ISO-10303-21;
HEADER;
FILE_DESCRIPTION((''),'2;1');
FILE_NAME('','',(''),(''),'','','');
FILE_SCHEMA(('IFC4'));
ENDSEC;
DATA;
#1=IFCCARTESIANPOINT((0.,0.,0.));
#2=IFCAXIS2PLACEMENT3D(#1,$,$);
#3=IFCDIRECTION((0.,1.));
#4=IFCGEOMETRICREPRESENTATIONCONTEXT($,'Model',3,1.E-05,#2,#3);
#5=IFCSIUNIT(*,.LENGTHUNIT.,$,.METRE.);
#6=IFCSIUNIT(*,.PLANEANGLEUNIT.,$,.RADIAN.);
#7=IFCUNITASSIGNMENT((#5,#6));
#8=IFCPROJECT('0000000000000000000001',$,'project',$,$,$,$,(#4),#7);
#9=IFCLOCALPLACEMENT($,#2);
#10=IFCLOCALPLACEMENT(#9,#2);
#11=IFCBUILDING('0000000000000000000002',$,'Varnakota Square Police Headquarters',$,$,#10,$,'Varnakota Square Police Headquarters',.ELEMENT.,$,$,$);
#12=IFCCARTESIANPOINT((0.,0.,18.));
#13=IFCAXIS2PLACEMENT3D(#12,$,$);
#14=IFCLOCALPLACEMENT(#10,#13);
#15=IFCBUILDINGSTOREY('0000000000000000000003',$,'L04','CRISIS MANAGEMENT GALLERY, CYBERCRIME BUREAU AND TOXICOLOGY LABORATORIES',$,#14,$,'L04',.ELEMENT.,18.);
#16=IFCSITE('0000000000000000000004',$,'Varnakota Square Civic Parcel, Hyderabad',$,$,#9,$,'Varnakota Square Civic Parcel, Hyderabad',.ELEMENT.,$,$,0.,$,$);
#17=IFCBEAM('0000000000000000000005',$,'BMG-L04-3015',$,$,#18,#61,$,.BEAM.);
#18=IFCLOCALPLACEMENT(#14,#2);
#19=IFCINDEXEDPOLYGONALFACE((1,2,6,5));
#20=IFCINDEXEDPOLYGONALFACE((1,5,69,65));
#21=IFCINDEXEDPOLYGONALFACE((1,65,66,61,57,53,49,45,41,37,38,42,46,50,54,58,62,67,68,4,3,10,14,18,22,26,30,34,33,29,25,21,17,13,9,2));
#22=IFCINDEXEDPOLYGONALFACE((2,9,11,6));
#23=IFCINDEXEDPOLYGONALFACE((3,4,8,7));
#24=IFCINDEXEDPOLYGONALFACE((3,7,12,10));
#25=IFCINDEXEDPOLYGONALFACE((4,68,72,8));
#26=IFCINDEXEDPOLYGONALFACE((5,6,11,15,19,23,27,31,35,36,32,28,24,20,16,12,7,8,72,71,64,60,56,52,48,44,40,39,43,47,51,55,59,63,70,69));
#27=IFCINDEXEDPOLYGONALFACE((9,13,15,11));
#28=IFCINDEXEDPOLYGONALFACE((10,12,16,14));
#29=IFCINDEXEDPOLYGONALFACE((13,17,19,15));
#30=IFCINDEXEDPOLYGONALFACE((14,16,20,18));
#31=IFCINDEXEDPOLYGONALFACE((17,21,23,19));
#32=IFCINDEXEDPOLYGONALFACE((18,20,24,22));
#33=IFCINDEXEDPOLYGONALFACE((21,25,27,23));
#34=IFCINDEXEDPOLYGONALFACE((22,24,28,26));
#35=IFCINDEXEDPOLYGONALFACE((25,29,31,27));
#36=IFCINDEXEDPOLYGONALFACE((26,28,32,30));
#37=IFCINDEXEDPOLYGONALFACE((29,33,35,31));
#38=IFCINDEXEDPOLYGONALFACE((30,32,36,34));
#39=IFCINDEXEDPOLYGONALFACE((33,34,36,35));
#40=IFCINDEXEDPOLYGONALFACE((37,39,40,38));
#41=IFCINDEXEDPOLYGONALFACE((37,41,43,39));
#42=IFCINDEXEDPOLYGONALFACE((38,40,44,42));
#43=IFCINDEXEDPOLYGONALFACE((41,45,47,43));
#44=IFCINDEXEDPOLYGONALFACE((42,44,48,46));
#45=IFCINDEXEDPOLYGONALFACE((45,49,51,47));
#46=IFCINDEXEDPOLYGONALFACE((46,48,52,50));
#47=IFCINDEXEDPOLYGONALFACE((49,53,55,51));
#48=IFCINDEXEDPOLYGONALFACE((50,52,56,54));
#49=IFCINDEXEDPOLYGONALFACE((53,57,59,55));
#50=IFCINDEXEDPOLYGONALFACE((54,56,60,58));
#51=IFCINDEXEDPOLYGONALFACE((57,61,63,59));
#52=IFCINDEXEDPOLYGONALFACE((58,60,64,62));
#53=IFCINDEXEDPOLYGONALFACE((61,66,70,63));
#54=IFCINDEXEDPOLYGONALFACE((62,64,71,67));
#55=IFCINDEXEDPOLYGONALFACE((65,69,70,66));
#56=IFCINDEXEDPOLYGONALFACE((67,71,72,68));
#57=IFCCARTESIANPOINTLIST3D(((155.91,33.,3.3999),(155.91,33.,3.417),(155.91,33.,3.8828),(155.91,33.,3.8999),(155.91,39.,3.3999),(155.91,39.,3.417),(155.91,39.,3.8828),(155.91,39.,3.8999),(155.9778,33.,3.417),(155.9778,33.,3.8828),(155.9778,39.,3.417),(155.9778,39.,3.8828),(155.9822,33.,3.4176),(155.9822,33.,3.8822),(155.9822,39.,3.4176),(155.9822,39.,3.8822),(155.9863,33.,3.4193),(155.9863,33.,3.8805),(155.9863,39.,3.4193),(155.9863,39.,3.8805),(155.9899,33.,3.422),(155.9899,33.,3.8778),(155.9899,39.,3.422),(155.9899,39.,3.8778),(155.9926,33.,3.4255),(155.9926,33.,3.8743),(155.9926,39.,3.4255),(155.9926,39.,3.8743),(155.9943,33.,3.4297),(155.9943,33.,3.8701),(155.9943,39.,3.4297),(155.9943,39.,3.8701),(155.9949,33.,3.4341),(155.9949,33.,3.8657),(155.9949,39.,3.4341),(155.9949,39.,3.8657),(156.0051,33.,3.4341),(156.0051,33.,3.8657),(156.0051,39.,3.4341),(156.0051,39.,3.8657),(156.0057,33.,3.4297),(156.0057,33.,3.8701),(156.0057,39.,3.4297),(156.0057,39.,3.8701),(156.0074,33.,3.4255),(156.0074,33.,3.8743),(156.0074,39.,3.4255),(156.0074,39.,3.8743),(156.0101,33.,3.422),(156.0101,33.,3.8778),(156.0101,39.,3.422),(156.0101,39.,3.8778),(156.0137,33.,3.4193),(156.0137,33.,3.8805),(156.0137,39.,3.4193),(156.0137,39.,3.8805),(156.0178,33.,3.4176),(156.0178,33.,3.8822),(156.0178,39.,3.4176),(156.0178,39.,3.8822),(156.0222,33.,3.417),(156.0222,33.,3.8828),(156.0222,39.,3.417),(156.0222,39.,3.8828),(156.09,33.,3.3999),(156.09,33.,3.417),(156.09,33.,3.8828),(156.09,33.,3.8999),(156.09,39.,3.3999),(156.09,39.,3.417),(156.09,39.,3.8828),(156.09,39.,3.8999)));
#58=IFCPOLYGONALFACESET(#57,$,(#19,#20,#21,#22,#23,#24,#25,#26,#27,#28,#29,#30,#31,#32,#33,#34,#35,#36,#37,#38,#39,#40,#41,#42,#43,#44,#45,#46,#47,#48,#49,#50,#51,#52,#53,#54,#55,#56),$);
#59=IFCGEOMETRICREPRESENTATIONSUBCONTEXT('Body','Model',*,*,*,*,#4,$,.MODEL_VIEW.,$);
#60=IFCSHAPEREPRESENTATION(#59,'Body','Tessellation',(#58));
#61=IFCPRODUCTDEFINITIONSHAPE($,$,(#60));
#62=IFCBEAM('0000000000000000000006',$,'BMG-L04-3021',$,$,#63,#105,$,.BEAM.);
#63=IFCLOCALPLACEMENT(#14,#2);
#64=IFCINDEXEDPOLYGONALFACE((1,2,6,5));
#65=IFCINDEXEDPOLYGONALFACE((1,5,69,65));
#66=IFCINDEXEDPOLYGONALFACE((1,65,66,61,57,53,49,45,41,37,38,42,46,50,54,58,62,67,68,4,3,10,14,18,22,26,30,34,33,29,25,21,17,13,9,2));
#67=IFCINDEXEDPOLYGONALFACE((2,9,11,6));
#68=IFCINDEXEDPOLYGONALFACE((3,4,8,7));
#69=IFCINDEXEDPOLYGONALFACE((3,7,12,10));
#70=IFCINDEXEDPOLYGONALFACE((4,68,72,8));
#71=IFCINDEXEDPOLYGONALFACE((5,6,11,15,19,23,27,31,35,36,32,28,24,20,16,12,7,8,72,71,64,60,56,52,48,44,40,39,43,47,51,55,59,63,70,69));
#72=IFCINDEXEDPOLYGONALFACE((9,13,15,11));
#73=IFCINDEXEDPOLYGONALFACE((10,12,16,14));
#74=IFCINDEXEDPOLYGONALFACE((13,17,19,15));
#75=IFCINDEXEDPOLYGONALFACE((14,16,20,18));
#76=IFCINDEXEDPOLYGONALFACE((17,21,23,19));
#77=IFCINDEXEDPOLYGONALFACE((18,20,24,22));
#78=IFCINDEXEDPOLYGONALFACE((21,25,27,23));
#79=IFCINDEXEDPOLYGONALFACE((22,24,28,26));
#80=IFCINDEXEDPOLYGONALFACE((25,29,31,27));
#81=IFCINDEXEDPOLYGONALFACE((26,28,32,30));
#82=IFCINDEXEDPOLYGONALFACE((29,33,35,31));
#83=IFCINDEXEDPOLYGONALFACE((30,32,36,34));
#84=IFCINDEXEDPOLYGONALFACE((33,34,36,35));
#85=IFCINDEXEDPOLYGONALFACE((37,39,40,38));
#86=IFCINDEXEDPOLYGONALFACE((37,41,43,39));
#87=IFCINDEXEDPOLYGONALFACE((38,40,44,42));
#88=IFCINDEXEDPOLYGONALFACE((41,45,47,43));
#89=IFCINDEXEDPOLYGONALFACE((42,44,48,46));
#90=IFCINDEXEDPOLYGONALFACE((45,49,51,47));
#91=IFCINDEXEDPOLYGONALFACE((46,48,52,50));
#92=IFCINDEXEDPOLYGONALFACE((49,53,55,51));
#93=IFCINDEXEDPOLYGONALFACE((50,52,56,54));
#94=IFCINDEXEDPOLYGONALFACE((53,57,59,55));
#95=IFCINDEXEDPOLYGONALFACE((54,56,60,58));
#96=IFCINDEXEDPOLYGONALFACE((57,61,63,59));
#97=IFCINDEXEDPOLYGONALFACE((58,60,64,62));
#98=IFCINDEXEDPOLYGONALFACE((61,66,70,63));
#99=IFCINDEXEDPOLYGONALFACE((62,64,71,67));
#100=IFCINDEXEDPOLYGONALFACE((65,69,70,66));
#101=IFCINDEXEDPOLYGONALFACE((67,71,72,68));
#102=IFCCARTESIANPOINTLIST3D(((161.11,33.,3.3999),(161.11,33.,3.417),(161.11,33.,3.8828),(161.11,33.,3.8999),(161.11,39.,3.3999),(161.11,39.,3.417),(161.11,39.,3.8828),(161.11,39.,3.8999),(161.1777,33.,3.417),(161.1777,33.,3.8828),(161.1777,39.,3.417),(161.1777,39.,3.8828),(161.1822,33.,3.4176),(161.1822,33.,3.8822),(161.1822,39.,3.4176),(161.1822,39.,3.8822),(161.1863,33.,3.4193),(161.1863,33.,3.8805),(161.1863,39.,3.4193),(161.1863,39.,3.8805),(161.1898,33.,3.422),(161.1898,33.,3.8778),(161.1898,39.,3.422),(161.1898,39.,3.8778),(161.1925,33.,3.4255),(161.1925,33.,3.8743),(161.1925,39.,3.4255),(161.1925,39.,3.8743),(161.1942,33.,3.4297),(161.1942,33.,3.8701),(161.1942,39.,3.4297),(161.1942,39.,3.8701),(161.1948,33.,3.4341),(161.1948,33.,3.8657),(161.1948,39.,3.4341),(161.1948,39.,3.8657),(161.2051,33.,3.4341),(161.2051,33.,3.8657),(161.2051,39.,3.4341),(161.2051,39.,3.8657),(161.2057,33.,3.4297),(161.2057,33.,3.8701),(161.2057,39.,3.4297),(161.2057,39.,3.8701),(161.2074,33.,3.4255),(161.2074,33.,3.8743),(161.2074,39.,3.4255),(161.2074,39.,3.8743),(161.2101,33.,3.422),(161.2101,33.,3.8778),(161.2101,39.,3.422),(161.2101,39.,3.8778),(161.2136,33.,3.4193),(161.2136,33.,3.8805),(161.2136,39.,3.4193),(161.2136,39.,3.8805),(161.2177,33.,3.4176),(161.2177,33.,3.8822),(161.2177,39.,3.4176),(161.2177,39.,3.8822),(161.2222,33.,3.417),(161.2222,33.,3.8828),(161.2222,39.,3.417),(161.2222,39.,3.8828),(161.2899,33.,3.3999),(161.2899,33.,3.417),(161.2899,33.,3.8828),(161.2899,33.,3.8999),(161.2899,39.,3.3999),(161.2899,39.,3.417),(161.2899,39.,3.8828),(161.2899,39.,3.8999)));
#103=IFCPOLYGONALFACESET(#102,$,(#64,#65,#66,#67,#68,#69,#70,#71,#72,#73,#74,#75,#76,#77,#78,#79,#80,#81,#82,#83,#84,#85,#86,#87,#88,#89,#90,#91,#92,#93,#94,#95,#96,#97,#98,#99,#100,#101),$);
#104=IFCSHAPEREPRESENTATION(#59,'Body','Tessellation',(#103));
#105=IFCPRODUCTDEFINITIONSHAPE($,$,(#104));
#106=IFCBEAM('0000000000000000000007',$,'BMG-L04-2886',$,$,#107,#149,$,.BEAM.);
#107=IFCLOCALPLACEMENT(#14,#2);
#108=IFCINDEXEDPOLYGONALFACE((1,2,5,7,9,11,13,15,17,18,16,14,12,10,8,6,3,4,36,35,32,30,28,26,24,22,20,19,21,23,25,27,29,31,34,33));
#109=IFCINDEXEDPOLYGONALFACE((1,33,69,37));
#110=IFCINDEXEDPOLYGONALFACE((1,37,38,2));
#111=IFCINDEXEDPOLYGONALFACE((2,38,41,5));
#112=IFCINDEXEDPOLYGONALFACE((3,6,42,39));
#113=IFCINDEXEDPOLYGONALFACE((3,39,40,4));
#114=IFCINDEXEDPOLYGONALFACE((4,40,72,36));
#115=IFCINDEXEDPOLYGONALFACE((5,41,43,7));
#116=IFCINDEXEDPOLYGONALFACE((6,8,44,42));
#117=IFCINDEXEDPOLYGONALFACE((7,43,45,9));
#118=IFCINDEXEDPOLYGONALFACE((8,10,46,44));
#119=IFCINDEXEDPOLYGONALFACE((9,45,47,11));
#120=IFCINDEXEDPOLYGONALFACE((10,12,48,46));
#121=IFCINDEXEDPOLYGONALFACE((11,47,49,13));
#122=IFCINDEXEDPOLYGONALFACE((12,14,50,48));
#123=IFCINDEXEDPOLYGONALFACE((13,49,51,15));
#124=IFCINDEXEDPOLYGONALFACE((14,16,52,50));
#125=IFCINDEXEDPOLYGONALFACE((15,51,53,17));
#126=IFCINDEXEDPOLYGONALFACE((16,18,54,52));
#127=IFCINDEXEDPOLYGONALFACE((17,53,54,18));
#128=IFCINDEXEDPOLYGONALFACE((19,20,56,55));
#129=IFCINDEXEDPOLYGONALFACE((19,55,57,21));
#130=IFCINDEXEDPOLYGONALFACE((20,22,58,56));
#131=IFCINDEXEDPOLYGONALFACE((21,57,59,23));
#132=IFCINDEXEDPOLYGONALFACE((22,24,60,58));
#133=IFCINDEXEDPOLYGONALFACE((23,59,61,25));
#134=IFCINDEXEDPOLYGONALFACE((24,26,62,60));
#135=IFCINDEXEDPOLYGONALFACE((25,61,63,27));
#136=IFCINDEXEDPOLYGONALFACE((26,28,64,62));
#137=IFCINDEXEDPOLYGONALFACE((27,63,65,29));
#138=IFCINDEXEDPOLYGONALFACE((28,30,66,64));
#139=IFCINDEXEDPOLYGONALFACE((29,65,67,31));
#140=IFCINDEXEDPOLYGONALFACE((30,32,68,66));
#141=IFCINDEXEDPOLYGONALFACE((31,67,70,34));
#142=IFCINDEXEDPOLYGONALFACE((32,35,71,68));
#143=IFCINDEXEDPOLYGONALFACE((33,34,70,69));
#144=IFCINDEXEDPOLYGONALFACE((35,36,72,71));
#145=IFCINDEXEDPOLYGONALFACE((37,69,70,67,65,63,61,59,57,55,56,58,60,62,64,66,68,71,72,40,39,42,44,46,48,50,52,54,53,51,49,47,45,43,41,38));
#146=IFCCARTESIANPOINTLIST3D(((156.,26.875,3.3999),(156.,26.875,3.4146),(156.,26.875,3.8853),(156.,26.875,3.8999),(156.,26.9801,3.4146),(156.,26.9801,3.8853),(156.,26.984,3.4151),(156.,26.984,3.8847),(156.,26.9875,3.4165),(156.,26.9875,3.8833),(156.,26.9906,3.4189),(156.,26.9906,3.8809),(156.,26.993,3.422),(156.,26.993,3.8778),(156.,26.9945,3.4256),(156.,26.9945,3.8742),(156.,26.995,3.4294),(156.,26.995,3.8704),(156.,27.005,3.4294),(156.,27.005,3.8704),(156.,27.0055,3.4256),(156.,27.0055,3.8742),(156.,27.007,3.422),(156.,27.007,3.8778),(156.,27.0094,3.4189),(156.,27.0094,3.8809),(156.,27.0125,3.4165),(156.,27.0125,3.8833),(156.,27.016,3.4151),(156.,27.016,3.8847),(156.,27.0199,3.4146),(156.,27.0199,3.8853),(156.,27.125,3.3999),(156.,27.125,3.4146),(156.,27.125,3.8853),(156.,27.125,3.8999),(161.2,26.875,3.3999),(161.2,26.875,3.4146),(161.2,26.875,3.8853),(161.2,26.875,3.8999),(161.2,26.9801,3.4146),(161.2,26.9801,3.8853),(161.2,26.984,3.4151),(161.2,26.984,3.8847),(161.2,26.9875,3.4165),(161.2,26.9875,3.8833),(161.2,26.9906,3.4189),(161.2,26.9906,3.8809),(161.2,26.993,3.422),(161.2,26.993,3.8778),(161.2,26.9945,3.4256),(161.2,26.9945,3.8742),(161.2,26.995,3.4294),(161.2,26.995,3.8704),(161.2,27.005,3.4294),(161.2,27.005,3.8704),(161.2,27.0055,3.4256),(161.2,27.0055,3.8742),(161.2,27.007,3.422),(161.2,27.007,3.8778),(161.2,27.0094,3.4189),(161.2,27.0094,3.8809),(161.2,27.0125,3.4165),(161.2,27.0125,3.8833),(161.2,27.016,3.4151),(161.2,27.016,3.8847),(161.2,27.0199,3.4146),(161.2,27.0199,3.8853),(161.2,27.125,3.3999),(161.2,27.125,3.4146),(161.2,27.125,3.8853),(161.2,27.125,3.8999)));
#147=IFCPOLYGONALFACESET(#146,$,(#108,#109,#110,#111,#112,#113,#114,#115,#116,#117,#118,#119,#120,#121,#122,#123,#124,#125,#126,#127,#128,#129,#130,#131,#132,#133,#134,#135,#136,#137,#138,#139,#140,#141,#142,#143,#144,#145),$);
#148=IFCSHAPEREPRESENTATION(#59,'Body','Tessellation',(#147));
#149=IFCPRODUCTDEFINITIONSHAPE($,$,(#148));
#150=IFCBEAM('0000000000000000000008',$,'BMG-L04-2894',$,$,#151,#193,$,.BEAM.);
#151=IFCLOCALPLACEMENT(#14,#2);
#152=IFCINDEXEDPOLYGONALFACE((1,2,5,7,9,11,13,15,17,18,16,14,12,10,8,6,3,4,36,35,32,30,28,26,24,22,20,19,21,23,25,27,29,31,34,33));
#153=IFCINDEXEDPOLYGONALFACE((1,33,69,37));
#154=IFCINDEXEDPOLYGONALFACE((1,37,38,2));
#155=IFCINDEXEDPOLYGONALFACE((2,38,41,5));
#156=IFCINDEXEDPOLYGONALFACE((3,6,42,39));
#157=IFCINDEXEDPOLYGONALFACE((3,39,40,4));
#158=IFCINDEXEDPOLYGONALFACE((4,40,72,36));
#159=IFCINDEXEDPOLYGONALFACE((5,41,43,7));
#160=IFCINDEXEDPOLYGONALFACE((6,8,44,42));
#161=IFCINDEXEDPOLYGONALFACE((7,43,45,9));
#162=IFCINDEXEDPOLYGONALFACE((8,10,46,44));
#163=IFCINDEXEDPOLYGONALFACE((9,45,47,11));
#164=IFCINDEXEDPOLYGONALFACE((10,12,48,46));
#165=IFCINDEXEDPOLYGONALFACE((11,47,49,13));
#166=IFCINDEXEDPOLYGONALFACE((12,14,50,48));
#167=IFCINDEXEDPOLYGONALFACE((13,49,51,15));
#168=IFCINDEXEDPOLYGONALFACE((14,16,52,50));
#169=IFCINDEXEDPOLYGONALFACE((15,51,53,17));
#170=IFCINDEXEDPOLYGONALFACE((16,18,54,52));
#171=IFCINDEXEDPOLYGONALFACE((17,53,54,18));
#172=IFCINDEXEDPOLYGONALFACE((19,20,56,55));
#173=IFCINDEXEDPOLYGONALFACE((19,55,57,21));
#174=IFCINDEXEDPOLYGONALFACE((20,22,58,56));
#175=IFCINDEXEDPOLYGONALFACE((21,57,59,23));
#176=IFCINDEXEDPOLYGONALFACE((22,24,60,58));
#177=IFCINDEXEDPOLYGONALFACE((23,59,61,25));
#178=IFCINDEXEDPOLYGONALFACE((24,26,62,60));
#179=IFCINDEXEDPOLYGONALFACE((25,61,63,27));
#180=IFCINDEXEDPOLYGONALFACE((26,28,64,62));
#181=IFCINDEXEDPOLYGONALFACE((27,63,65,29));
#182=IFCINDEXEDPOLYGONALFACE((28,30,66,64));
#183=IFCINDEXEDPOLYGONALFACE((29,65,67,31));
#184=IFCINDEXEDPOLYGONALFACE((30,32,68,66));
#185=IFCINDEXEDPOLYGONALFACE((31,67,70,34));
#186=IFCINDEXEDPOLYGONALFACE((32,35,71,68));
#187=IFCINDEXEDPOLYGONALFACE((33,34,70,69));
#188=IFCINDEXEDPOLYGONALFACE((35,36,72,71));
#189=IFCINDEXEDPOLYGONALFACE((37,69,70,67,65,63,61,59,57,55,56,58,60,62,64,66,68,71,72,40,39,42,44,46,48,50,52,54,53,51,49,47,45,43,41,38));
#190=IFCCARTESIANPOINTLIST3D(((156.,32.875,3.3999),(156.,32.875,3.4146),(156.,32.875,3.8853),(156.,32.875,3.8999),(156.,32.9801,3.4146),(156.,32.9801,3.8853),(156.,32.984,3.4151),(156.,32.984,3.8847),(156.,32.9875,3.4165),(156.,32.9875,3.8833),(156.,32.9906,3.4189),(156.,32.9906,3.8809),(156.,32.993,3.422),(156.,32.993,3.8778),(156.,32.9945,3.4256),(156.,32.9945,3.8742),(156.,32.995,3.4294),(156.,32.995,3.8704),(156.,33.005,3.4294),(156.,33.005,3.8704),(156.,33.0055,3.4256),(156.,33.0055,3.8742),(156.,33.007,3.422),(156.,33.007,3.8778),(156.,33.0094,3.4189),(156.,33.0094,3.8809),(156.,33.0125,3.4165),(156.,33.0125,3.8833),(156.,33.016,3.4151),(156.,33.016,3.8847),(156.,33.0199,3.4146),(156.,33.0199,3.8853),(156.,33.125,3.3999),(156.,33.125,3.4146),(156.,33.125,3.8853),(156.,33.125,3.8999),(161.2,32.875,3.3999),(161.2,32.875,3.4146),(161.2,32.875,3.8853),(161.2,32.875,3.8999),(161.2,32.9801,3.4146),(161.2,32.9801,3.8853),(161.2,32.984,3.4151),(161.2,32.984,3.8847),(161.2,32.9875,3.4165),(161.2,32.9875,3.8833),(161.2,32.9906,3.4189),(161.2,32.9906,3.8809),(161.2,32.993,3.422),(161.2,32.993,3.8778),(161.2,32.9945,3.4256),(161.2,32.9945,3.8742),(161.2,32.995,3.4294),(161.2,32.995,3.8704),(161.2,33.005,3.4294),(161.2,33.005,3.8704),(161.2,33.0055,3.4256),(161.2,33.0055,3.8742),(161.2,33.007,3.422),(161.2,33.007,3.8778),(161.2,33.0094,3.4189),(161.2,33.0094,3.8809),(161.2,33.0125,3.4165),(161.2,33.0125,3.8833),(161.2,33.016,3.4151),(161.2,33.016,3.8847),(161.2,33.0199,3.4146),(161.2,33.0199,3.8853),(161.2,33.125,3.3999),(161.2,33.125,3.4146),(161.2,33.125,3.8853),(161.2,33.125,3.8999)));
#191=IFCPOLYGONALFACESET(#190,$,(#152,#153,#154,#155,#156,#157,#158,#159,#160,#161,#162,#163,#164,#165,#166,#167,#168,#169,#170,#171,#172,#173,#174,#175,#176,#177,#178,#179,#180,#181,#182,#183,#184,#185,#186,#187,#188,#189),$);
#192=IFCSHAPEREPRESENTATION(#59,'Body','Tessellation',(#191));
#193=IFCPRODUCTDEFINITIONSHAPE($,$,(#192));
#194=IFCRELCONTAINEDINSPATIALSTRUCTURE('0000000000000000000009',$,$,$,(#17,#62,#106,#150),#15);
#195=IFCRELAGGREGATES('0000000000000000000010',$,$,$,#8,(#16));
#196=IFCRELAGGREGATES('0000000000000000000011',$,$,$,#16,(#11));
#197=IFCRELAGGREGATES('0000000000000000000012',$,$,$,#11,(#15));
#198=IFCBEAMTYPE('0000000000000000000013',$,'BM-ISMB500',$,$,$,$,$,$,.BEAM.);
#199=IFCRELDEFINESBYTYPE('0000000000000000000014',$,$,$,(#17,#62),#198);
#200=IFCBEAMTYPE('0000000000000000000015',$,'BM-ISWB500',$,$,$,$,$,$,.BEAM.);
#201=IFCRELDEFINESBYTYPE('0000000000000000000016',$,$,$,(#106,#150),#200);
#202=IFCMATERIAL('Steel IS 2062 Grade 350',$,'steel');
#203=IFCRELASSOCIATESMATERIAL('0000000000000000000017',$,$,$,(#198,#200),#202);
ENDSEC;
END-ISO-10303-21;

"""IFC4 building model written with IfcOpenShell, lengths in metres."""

from ifc_helpers import new_model, si_unit, direction, frame, origin, origin_2d, place, context, subcontext, project, spatial, i_section, extrude, material, material_profile, profile_set, type_object, element, save


model = new_model("IFC4")

# Units and contexts
model_context = context("Model", 3, precision=1e-05, world=origin(), true_north=direction((0.0, 1.0)))
body_context = subcontext(model_context, "Body", "Model", "MODEL_VIEW")
ifc_project = project(units=[si_unit("LENGTHUNIT", "METRE"), si_unit("PLANEANGLEUNIT", "RADIAN")], contexts=[model_context])

# Site, building, storey
site_placement = place(None, origin())
site = spatial("IfcSite", under=ifc_project, at=site_placement, Name="Varnakota Square Civic Parcel, Hyderabad", LongName="Varnakota Square Civic Parcel, Hyderabad", CompositionType="ELEMENT", RefElevation=0.0)
building_placement = place(site_placement, origin())
building = spatial("IfcBuilding", under=site, at=building_placement, Name="Varnakota Square Police Headquarters", LongName="Varnakota Square Police Headquarters", CompositionType="ELEMENT")
storey_placement = place(building_placement, frame((0.0, 0.0, 18.0)))
storey = spatial("IfcBuildingStorey", under=building, at=storey_placement, Name="L04", Description="CRISIS MANAGEMENT GALLERY, CYBERCRIME BUREAU AND TOXICOLOGY LABORATORIES", LongName="L04", CompositionType="ELEMENT", Elevation=18.0)

# Shared definitions
ifc_material_1 = material(Name="Steel IS 2062 Grade 350", Category="steel")

# Beams
ifc_material_profile_1 = material_profile(ifc_material_1, i_section(OverallWidth=0.1799, OverallDepth=0.5, WebThickness=0.0103, FlangeThickness=0.0171, FilletRadius=0.0171, at=origin_2d()), Name="ISMB 500")
ifc_profile_set_1 = profile_set([ifc_material_profile_1], Name="Steel IS 2062 Grade 350")
beam_type_1 = type_object("IfcBeamType", Name="BM-ISMB500", PredefinedType="BEAM", material=ifc_profile_set_1)
for number, where, z_axis, x_axis, name in (
    (1, (156.0, 33.0, 3.6499), (0.0, 1.0, 0.0), (-1.0, 0.0, 0.0), "BMG-L04-3015"),
    (2, (161.2, 33.0, 3.6499), (0.0, 1.0, 0.0), (-1.0, 0.0, 0.0), "BMG-L04-3021"),
):
    element("IfcBeam", number, at=place(storey_placement, frame(where, z_axis=z_axis, x_axis=x_axis)), inside=storey, type_object=beam_type_1, Name=name, PredefinedType="BEAM", context=body_context, shape_type="SweptSolid", body=[
        extrude(i_section(OverallWidth=0.1799, OverallDepth=0.5, WebThickness=0.0103, FlangeThickness=0.0171, FilletRadius=0.0171, at=origin_2d()), origin(), (0.0, 0.0, 1.0), 6.0),
    ])
ifc_material_profile_2 = material_profile(ifc_material_1, i_section(OverallWidth=0.25, OverallDepth=0.5, WebThickness=0.01, FlangeThickness=0.0146, FilletRadius=0.0149, at=origin_2d()), Name="ISWB 500")
ifc_profile_set_2 = profile_set([ifc_material_profile_2], Name="Steel IS 2062 Grade 350")
beam_type_2 = type_object("IfcBeamType", Name="BM-ISWB500", PredefinedType="BEAM", material=ifc_profile_set_2)
for number, where, z_axis, x_axis, name in (
    (3, (156.0, 27.0, 3.6499), (1.0, 0.0, 0.0), (0.0, 1.0, 0.0), "BMG-L04-2886"),
    (4, (156.0, 33.0, 3.6499), (1.0, 0.0, 0.0), (0.0, 1.0, 0.0), "BMG-L04-2894"),
):
    element("IfcBeam", number, at=place(storey_placement, frame(where, z_axis=z_axis, x_axis=x_axis)), inside=storey, type_object=beam_type_2, Name=name, PredefinedType="BEAM", context=body_context, shape_type="SweptSolid", body=[
        extrude(i_section(OverallWidth=0.25, OverallDepth=0.5, WebThickness=0.01, FlangeThickness=0.0146, FilletRadius=0.0149, at=origin_2d()), origin(), (0.0, 0.0, 1.0), 5.2),
    ])

save(model, "model.ifc")
